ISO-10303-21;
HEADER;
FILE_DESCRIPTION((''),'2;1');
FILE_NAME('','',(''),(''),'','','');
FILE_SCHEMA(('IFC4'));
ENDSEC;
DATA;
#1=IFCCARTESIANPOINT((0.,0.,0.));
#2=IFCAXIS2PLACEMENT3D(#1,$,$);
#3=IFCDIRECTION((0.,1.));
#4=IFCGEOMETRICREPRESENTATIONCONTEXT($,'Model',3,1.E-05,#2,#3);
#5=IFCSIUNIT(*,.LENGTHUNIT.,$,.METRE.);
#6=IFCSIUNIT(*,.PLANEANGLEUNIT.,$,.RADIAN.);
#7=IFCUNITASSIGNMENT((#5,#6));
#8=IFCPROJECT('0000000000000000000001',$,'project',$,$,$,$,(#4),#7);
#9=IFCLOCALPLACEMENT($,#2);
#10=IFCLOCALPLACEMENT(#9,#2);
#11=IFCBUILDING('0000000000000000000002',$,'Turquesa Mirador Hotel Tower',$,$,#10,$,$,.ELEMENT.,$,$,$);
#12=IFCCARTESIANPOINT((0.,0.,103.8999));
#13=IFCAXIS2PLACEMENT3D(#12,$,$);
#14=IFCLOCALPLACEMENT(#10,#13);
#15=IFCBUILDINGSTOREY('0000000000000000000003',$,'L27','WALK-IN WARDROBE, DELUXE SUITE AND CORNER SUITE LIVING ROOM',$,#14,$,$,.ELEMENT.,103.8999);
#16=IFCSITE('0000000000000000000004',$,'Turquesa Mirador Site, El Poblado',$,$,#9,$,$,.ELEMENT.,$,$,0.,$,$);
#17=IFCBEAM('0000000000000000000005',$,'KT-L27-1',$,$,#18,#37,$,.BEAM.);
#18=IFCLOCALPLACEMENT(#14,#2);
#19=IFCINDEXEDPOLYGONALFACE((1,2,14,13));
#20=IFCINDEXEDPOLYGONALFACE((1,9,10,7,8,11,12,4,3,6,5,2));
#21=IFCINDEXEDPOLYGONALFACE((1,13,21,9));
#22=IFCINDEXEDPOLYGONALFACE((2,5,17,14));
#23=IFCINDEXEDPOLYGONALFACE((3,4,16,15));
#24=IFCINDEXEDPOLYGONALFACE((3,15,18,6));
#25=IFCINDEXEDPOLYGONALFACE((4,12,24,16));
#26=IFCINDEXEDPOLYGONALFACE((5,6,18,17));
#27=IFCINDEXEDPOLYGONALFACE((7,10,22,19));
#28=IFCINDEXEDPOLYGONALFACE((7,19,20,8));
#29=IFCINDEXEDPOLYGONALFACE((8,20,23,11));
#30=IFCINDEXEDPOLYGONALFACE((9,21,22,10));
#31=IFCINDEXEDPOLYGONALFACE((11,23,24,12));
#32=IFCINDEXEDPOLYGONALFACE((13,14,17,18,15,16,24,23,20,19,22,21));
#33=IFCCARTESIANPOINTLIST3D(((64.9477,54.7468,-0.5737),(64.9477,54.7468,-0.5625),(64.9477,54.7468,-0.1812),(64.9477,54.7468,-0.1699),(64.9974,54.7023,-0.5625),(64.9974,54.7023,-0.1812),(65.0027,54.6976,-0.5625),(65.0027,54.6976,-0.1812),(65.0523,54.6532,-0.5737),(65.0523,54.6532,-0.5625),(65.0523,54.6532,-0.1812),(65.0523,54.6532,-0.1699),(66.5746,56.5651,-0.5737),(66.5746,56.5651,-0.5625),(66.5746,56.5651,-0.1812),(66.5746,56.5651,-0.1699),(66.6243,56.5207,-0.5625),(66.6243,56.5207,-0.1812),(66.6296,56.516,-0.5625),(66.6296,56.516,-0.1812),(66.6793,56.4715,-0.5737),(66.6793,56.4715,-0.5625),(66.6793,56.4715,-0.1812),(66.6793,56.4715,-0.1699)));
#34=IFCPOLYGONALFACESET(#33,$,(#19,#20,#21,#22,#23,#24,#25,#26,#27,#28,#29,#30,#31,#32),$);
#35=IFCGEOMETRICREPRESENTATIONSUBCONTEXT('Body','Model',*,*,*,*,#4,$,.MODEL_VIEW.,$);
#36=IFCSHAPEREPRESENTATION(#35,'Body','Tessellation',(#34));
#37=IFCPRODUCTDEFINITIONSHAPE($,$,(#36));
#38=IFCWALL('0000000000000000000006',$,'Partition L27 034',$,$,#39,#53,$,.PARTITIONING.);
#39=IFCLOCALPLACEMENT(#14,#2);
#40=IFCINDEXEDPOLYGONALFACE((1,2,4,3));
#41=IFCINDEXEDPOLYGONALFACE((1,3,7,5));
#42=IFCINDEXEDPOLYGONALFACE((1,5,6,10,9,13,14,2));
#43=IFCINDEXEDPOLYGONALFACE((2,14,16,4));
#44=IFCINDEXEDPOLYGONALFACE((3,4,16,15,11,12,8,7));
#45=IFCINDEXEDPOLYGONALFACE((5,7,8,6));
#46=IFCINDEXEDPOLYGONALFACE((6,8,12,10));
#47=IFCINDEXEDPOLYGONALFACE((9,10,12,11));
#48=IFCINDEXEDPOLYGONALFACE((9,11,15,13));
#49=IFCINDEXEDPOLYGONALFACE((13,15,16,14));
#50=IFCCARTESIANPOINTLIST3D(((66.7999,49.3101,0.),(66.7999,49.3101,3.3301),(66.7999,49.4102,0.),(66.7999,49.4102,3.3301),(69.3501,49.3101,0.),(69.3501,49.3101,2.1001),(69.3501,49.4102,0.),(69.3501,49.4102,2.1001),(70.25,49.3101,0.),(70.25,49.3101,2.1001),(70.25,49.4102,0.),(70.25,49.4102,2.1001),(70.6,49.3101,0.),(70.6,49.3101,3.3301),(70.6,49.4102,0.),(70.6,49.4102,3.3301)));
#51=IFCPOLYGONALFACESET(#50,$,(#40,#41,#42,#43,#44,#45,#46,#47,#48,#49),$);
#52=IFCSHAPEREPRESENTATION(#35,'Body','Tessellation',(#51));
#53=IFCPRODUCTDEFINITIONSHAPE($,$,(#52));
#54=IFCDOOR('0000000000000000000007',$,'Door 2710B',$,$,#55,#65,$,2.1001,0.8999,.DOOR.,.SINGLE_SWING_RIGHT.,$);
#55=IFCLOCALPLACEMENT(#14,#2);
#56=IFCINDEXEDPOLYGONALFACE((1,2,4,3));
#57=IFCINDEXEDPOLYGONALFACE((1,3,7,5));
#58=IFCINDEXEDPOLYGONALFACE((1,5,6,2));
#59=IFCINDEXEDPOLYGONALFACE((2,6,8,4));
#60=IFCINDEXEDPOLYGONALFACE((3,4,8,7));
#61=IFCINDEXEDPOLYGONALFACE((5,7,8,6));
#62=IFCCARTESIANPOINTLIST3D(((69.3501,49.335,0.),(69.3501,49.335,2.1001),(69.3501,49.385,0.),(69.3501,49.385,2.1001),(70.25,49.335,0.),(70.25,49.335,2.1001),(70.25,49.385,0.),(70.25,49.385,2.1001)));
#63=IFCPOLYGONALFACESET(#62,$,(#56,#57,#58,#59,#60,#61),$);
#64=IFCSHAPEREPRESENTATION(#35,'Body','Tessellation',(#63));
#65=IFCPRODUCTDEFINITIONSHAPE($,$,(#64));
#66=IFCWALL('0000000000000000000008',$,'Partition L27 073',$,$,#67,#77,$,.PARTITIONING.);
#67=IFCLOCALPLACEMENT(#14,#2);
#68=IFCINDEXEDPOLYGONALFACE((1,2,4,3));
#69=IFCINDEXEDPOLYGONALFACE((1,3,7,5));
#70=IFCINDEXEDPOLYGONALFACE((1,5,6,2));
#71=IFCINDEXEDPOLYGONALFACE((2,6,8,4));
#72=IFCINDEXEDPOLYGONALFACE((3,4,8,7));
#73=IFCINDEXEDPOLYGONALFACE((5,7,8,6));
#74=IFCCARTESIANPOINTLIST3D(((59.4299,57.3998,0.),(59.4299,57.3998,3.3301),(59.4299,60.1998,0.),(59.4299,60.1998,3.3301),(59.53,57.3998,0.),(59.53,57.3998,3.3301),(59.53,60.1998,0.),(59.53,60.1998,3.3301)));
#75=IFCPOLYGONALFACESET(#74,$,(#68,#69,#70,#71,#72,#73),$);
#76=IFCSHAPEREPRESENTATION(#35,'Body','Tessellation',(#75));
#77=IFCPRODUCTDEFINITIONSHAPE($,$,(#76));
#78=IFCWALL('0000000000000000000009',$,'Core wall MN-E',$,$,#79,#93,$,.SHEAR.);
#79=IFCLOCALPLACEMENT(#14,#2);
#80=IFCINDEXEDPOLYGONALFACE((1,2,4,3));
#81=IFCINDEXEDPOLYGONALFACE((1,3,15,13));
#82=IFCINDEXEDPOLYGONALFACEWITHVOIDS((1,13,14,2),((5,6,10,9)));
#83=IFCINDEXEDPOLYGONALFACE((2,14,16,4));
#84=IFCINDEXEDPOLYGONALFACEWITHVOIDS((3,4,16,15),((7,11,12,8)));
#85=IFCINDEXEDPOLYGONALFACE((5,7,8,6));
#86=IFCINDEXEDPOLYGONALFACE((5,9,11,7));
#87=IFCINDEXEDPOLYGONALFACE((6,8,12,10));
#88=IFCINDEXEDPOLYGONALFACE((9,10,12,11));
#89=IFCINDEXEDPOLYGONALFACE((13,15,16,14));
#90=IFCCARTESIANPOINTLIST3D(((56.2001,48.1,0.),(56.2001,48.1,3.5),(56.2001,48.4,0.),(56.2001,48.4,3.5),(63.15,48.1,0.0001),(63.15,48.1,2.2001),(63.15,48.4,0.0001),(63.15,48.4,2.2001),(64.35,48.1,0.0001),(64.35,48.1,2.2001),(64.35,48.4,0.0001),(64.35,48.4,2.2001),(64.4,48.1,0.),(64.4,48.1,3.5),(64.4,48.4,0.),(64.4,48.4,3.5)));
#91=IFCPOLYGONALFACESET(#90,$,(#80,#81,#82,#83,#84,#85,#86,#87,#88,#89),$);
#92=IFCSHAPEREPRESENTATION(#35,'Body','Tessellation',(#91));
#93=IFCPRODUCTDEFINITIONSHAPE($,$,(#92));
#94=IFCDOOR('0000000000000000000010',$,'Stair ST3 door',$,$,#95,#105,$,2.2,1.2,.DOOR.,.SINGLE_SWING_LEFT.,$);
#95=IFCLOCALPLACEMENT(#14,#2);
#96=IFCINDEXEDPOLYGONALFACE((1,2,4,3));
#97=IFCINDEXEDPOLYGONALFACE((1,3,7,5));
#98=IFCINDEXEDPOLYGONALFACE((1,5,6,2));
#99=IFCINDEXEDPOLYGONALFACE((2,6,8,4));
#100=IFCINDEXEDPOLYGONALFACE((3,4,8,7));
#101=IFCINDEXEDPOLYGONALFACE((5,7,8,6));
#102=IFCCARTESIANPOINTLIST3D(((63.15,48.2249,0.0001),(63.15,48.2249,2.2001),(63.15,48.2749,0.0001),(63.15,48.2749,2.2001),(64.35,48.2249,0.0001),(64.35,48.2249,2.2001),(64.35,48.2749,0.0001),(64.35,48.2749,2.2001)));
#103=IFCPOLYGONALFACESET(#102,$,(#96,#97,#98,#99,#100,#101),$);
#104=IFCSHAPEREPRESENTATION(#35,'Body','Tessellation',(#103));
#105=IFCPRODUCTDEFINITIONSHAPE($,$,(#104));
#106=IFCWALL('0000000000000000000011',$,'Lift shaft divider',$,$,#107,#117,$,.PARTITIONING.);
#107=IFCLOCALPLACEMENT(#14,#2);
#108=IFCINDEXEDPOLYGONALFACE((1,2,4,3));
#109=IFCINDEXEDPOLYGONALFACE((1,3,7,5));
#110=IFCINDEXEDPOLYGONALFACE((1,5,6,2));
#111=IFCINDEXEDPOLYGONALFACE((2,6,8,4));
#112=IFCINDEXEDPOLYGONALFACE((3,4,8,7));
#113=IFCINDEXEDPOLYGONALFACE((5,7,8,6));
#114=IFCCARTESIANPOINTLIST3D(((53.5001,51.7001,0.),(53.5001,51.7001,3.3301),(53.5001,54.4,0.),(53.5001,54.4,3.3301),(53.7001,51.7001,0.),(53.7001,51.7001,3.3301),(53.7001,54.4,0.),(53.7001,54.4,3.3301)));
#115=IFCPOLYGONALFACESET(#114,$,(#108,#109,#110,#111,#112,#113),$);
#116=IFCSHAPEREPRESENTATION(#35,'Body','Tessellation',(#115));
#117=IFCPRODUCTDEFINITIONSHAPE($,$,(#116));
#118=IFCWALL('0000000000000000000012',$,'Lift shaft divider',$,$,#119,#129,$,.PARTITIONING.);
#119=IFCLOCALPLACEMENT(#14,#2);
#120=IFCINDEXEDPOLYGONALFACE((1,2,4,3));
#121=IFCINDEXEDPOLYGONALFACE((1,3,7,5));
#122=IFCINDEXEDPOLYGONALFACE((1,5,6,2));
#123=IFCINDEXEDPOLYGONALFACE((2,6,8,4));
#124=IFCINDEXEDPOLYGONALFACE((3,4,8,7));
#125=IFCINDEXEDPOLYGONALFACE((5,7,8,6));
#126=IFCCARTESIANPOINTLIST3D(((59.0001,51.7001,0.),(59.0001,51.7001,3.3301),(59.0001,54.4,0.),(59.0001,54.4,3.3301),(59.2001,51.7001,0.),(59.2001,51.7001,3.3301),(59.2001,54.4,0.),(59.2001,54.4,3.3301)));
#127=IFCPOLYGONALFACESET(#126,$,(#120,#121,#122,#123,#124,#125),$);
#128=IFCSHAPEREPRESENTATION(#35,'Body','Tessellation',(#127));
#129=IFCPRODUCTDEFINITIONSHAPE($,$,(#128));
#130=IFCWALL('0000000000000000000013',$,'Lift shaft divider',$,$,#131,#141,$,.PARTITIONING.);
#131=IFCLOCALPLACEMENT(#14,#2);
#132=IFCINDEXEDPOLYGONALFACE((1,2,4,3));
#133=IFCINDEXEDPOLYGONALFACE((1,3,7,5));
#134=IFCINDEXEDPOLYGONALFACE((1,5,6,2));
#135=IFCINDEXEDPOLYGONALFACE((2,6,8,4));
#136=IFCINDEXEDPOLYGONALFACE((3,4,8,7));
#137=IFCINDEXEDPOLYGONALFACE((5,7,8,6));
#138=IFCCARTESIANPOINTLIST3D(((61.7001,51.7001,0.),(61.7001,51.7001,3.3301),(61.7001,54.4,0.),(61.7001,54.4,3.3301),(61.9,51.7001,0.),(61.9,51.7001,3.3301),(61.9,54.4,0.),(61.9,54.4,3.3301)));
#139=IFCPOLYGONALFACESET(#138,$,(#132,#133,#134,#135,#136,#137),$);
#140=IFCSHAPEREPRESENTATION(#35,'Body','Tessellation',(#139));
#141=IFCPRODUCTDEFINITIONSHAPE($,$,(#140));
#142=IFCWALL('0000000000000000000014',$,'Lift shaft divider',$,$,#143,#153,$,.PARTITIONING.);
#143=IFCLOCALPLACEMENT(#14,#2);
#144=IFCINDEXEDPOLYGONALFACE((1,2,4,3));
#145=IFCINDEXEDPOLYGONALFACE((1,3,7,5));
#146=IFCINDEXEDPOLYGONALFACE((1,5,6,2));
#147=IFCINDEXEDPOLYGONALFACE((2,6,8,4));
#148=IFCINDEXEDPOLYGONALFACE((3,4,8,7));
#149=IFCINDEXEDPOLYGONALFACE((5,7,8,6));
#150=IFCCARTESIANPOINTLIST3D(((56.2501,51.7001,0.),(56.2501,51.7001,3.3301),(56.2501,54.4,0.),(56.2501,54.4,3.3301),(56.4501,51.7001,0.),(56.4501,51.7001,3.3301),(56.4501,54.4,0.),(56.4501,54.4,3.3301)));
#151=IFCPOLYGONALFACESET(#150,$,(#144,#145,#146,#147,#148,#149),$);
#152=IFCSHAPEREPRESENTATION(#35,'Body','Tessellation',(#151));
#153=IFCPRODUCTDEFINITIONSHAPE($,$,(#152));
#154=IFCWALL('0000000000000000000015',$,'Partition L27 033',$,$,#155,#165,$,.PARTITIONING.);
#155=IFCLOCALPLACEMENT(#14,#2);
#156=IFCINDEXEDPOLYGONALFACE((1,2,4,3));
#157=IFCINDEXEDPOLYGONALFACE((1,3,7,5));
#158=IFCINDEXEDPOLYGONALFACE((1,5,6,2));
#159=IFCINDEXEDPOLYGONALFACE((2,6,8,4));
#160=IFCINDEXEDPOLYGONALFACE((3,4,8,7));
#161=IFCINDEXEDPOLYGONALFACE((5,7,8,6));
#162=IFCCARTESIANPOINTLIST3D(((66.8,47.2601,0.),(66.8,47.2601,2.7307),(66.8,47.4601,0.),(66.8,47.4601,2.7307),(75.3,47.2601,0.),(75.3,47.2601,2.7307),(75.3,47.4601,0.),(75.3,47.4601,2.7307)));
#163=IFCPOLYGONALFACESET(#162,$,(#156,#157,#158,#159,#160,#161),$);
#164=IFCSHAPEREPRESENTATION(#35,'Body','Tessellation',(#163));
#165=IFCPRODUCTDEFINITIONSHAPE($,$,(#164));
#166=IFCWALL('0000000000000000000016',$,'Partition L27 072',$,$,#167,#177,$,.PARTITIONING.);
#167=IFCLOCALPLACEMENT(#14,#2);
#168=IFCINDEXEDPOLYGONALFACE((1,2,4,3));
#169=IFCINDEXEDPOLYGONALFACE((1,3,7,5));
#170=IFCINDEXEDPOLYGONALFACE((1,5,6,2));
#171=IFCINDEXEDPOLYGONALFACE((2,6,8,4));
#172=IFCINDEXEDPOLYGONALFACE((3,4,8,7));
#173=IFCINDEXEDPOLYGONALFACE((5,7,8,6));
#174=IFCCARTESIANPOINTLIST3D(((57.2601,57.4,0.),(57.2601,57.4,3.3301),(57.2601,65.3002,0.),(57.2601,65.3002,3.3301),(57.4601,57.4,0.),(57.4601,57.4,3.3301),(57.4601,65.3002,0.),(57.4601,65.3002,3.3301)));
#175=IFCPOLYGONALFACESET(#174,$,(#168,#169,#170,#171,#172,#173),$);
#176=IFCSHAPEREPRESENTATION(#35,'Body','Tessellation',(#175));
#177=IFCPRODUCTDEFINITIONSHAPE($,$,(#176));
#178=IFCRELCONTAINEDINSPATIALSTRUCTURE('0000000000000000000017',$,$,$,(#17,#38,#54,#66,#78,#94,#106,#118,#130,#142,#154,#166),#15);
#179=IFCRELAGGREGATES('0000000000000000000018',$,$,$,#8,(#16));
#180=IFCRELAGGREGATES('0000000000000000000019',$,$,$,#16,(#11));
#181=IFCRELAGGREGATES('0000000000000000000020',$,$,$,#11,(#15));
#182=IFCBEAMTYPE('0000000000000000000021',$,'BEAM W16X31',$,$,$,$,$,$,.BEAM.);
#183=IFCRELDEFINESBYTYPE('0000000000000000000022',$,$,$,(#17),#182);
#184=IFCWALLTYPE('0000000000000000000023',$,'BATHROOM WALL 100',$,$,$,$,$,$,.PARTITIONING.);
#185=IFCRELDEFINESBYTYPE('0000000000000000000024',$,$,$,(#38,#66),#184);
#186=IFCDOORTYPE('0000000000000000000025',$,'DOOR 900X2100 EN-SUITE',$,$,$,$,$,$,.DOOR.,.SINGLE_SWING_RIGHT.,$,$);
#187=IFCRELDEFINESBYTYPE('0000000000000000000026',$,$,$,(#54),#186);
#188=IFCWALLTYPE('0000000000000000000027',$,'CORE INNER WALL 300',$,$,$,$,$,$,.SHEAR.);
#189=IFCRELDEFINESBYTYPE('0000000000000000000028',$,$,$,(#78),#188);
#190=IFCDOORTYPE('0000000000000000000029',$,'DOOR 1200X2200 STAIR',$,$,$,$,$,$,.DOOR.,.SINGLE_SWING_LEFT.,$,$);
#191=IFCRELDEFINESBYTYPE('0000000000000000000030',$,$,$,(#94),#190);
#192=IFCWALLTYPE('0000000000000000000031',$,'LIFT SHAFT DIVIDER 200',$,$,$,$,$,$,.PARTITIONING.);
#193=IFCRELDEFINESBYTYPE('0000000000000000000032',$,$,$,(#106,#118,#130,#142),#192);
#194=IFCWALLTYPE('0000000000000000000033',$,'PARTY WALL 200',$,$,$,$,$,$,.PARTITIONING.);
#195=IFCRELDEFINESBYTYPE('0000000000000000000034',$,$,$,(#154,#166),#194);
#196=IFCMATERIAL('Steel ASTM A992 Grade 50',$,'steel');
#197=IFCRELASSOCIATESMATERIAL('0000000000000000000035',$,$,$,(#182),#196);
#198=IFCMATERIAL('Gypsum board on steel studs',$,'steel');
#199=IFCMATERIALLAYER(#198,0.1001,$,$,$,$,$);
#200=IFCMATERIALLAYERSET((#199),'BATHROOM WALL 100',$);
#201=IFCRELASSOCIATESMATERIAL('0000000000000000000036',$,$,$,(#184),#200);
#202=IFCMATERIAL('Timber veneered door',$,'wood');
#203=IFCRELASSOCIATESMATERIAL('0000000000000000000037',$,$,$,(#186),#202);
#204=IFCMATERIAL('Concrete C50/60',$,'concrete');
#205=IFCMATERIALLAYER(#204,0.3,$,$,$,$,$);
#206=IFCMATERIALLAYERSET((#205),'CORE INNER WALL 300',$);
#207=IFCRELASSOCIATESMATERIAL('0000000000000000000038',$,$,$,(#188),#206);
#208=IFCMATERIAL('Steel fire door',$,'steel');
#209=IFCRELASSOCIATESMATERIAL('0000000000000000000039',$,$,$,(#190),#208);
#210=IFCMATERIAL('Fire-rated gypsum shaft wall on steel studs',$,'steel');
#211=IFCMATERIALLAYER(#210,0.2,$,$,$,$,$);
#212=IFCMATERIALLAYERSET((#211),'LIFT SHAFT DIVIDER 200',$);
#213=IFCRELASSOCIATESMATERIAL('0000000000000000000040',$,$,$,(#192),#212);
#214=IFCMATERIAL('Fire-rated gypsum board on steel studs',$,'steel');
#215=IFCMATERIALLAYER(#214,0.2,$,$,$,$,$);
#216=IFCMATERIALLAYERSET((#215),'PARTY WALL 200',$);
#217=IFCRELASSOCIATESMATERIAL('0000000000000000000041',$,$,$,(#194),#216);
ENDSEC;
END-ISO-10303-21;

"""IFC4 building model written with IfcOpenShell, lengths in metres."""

from ifc_helpers import new_model, si_unit, direction, frame, frame_2d, origin, origin_2d, place, context, subcontext, project, spatial, rectangle, i_section, extrude, material, layer, layer_set, material_profile, profile_set, type_object, element, fill, save


model = new_model("IFC4")

# Units and contexts
model_context = context("Model", 3, precision=1e-05, world=origin(), true_north=direction((0.0, 1.0)))
body_context = subcontext(model_context, "Body", "Model", "MODEL_VIEW")
ifc_project = project(units=[si_unit("LENGTHUNIT", "METRE"), si_unit("PLANEANGLEUNIT", "RADIAN")], contexts=[model_context])

# Site, building, storey
site_placement = place(None, origin())
site = spatial("IfcSite", under=ifc_project, at=site_placement, Name="Turquesa Mirador Site, El Poblado", CompositionType="ELEMENT", RefElevation=0.0)
building_placement = place(site_placement, origin())
building = spatial("IfcBuilding", under=site, at=building_placement, Name="Turquesa Mirador Hotel Tower", CompositionType="ELEMENT")
storey_placement = place(building_placement, frame((0.0, 0.0, 103.8999)))
storey = spatial("IfcBuildingStorey", under=building, at=storey_placement, Name="L27", Description="WALK-IN WARDROBE, DELUXE SUITE AND CORNER SUITE LIVING ROOM", CompositionType="ELEMENT", Elevation=103.8999)

# Beam
ifc_material_1 = material(Name="Steel ASTM A992 Grade 50", Category="steel")
ifc_material_profile = material_profile(ifc_material_1, i_section(OverallWidth=0.1404, OverallDepth=0.4038, WebThickness=0.0071, FlangeThickness=0.0112, at=origin_2d()), Name="W16X31")
ifc_profile_set = profile_set([ifc_material_profile], Name="Steel ASTM A992 Grade 50")
beam_type = type_object("IfcBeamType", Name="BEAM W16X31", PredefinedType="BEAM", material=ifc_profile_set)
beam_placement = place(storey_placement, frame((66.627, 56.5183, -0.3718), z_axis=(-0.666795, -0.745241, 0.0), x_axis=(0.745241, -0.666795, 0.0)))
element("IfcBeam", 1, at=beam_placement, inside=storey, type_object=beam_type, Name="KT-L27-1", PredefinedType="BEAM", context=body_context, shape_type="SweptSolid", body=[
    extrude(i_section(OverallWidth=0.1404, OverallDepth=0.4038, WebThickness=0.0071, FlangeThickness=0.0112, at=origin_2d()), origin(), (0.0, 0.0, 1.0), 2.4399),
])

# Wall, opening, door
ifc_material_2 = material(Name="Gypsum board on steel studs", Category="steel")
ifc_layer_1 = layer(ifc_material_2, 0.1001)
ifc_layer_set_1 = layer_set([ifc_layer_1], Name="BATHROOM WALL 100")
wall_type_1 = type_object("IfcWallType", Name="BATHROOM WALL 100", PredefinedType="PARTITIONING", material=ifc_layer_set_1)
wall_1_placement = place(storey_placement, frame((66.8, 49.3601, 0.0), z_axis=(0.0, 0.0, 1.0), x_axis=(1.0, 0.0, 0.0)))
wall_1 = element("IfcWall", 2, at=wall_1_placement, inside=storey, type_object=wall_type_1, Name="Partition L27 034", PredefinedType="PARTITIONING", context=body_context, shape_type="SweptSolid", body=[
    extrude(rectangle(XDim=3.8, YDim=0.1001, at=frame_2d((1.8999, 0.0))), origin(), (0.0, 0.0, 1.0), 3.3301),
])
opening_1_placement = place(wall_1_placement, frame((2.55, 0.0, 0.0)))
opening_1 = element("IfcOpeningElement", 3, at=opening_1_placement, cuts=wall_1, PredefinedType="OPENING", context=body_context, shape_type="SweptSolid", body=[
    extrude(rectangle(XDim=0.8999, YDim=2.1001, at=frame_2d((0.45, 1.05))), frame((0.0, 0.0601, 0.0), z_axis=(0.0, -1.0, 0.0), x_axis=(1.0, 0.0, 0.0)), (0.0, 0.0, 1.0), 0.1201),
])
ifc_material_3 = material(Name="Timber veneered door", Category="wood")
door_type_1 = type_object("IfcDoorType", Name="DOOR 900X2100 EN-SUITE", OperationType="SINGLE_SWING_RIGHT", PredefinedType="DOOR", material=ifc_material_3)
door_1_placement = place(opening_1_placement, origin())
door_1 = element("IfcDoor", 4, at=door_1_placement, inside=storey, type_object=door_type_1, Name="Door 2710B", OperationType="SINGLE_SWING_RIGHT", OverallHeight=2.1001, OverallWidth=0.8999, PredefinedType="DOOR", context=body_context, shape_type="SweptSolid", body=[
    extrude(rectangle(XDim=0.8999, YDim=2.1001, at=frame_2d((0.45, 1.05))), frame((0.0, 0.0249, 0.0), z_axis=(0.0, -1.0, 0.0), x_axis=(1.0, 0.0, 0.0)), (0.0, 0.0, 1.0), 0.05),
])
fill(opening_1, door_1)

# Wall
wall_2_placement = place(storey_placement, frame((59.48, 57.3999, 0.0), z_axis=(0.0, 0.0, 1.0), x_axis=(0.0, 1.0, 0.0)))
element("IfcWall", 5, at=wall_2_placement, inside=storey, type_object=wall_type_1, Name="Partition L27 073", PredefinedType="PARTITIONING", context=body_context, shape_type="SweptSolid", body=[
    extrude(rectangle(XDim=2.8, YDim=0.1001, at=frame_2d((1.3999, 0.0))), origin(), (0.0, 0.0, 1.0), 3.3301),
])

# Wall, opening, door
ifc_material_4 = material(Name="Concrete C50/60", Category="concrete")
ifc_layer_2 = layer(ifc_material_4, 0.3)
ifc_layer_set_2 = layer_set([ifc_layer_2], Name="CORE INNER WALL 300")
wall_type_2 = type_object("IfcWallType", Name="CORE INNER WALL 300", PredefinedType="SHEAR", material=ifc_layer_set_2)
wall_3_placement = place(storey_placement, frame((56.2, 48.25, 0.0), z_axis=(0.0, 0.0, 1.0), x_axis=(1.0, 0.0, 0.0)))
wall_3 = element("IfcWall", 6, at=wall_3_placement, inside=storey, type_object=wall_type_2, Name="Core wall MN-E", PredefinedType="SHEAR", context=body_context, shape_type="SweptSolid", body=[
    extrude(rectangle(XDim=8.2, YDim=0.3, at=frame_2d((4.1001, 0.0))), origin(), (0.0, 0.0, 1.0), 3.5),
])
opening_2_placement = place(wall_3_placement, frame((6.95, 0.0, 0.0)))
opening_2 = element("IfcOpeningElement", 7, at=opening_2_placement, cuts=wall_3, PredefinedType="OPENING", context=body_context, shape_type="SweptSolid", body=[
    extrude(rectangle(XDim=1.2, YDim=2.2, at=frame_2d((0.6001, 1.1001))), frame((0.0, 0.1599, 0.0), z_axis=(0.0, -1.0, 0.0), x_axis=(1.0, 0.0, 0.0)), (0.0, 0.0, 1.0), 0.3201),
])
ifc_material_5 = material(Name="Steel fire door", Category="steel")
door_type_2 = type_object("IfcDoorType", Name="DOOR 1200X2200 STAIR", OperationType="SINGLE_SWING_LEFT", PredefinedType="DOOR", material=ifc_material_5)
door_2_placement = place(opening_2_placement, origin())
door_2 = element("IfcDoor", 8, at=door_2_placement, inside=storey, type_object=door_type_2, Name="Stair ST3 door", OperationType="SINGLE_SWING_LEFT", OverallHeight=2.2, OverallWidth=1.2, PredefinedType="DOOR", context=body_context, shape_type="SweptSolid", body=[
    extrude(rectangle(XDim=1.2, YDim=2.2, at=frame_2d((0.6001, 1.1001))), frame((0.0, 0.0249, 0.0), z_axis=(0.0, -1.0, 0.0), x_axis=(1.0, 0.0, 0.0)), (0.0, 0.0, 1.0), 0.05),
])
fill(opening_2, door_2)

# Walls
ifc_material_6 = material(Name="Fire-rated gypsum shaft wall on steel studs", Category="steel")
ifc_layer_3 = layer(ifc_material_6, 0.2)
ifc_layer_set_3 = layer_set([ifc_layer_3], Name="LIFT SHAFT DIVIDER 200")
wall_type_3 = type_object("IfcWallType", Name="LIFT SHAFT DIVIDER 200", PredefinedType="PARTITIONING", material=ifc_layer_set_3)
for number, where, z_axis, x_axis, name in (
    (9, (53.6001, 51.7, 0.0), (0.0, 0.0, 1.0), (0.0, 1.0, 0.0), "Lift shaft divider"),
    (10, (59.1001, 51.7, 0.0), (0.0, 0.0, 1.0), (0.0, 1.0, 0.0), "Lift shaft divider"),
    (11, (61.8, 51.7, 0.0), (0.0, 0.0, 1.0), (0.0, 1.0, 0.0), "Lift shaft divider"),
    (12, (56.3501, 51.7, 0.0), (0.0, 0.0, 1.0), (0.0, 1.0, 0.0), "Lift shaft divider"),
):
    element("IfcWall", number, at=place(storey_placement, frame(where, z_axis=z_axis, x_axis=x_axis)), inside=storey, type_object=wall_type_3, Name=name, PredefinedType="PARTITIONING", context=body_context, shape_type="SweptSolid", body=[
        extrude(rectangle(XDim=2.7, YDim=0.2, at=frame_2d((1.3501, 0.0))), origin(), (0.0, 0.0, 1.0), 3.3301),
    ])
ifc_material_7 = material(Name="Fire-rated gypsum board on steel studs", Category="steel")
ifc_layer_4 = layer(ifc_material_7, 0.2)
ifc_layer_set_4 = layer_set([ifc_layer_4], Name="PARTY WALL 200")
wall_type_4 = type_object("IfcWallType", Name="PARTY WALL 200", PredefinedType="PARTITIONING", material=ifc_layer_set_4)
wall_4_placement = place(storey_placement, frame((66.8, 47.3601, 0.0), z_axis=(0.0, 0.0, 1.0), x_axis=(1.0, 0.0, 0.0)))
element("IfcWall", 13, at=wall_4_placement, inside=storey, type_object=wall_type_4, Name="Partition L27 033", PredefinedType="PARTITIONING", context=body_context, shape_type="SweptSolid", body=[
    extrude(rectangle(XDim=8.5, YDim=0.2, at=frame_2d((4.25, 0.0))), origin(), (0.0, 0.0, 1.0), 2.7307),
])
wall_5_placement = place(storey_placement, frame((57.3601, 57.3999, 0.0), z_axis=(0.0, 0.0, 1.0), x_axis=(0.0, 1.0, 0.0)))
element("IfcWall", 14, at=wall_5_placement, inside=storey, type_object=wall_type_4, Name="Partition L27 072", PredefinedType="PARTITIONING", context=body_context, shape_type="SweptSolid", body=[
    extrude(rectangle(XDim=7.9001, YDim=0.2, at=frame_2d((3.9502, 0.0))), origin(), (0.0, 0.0, 1.0), 3.3301),
])

save(model, "model.ifc")
